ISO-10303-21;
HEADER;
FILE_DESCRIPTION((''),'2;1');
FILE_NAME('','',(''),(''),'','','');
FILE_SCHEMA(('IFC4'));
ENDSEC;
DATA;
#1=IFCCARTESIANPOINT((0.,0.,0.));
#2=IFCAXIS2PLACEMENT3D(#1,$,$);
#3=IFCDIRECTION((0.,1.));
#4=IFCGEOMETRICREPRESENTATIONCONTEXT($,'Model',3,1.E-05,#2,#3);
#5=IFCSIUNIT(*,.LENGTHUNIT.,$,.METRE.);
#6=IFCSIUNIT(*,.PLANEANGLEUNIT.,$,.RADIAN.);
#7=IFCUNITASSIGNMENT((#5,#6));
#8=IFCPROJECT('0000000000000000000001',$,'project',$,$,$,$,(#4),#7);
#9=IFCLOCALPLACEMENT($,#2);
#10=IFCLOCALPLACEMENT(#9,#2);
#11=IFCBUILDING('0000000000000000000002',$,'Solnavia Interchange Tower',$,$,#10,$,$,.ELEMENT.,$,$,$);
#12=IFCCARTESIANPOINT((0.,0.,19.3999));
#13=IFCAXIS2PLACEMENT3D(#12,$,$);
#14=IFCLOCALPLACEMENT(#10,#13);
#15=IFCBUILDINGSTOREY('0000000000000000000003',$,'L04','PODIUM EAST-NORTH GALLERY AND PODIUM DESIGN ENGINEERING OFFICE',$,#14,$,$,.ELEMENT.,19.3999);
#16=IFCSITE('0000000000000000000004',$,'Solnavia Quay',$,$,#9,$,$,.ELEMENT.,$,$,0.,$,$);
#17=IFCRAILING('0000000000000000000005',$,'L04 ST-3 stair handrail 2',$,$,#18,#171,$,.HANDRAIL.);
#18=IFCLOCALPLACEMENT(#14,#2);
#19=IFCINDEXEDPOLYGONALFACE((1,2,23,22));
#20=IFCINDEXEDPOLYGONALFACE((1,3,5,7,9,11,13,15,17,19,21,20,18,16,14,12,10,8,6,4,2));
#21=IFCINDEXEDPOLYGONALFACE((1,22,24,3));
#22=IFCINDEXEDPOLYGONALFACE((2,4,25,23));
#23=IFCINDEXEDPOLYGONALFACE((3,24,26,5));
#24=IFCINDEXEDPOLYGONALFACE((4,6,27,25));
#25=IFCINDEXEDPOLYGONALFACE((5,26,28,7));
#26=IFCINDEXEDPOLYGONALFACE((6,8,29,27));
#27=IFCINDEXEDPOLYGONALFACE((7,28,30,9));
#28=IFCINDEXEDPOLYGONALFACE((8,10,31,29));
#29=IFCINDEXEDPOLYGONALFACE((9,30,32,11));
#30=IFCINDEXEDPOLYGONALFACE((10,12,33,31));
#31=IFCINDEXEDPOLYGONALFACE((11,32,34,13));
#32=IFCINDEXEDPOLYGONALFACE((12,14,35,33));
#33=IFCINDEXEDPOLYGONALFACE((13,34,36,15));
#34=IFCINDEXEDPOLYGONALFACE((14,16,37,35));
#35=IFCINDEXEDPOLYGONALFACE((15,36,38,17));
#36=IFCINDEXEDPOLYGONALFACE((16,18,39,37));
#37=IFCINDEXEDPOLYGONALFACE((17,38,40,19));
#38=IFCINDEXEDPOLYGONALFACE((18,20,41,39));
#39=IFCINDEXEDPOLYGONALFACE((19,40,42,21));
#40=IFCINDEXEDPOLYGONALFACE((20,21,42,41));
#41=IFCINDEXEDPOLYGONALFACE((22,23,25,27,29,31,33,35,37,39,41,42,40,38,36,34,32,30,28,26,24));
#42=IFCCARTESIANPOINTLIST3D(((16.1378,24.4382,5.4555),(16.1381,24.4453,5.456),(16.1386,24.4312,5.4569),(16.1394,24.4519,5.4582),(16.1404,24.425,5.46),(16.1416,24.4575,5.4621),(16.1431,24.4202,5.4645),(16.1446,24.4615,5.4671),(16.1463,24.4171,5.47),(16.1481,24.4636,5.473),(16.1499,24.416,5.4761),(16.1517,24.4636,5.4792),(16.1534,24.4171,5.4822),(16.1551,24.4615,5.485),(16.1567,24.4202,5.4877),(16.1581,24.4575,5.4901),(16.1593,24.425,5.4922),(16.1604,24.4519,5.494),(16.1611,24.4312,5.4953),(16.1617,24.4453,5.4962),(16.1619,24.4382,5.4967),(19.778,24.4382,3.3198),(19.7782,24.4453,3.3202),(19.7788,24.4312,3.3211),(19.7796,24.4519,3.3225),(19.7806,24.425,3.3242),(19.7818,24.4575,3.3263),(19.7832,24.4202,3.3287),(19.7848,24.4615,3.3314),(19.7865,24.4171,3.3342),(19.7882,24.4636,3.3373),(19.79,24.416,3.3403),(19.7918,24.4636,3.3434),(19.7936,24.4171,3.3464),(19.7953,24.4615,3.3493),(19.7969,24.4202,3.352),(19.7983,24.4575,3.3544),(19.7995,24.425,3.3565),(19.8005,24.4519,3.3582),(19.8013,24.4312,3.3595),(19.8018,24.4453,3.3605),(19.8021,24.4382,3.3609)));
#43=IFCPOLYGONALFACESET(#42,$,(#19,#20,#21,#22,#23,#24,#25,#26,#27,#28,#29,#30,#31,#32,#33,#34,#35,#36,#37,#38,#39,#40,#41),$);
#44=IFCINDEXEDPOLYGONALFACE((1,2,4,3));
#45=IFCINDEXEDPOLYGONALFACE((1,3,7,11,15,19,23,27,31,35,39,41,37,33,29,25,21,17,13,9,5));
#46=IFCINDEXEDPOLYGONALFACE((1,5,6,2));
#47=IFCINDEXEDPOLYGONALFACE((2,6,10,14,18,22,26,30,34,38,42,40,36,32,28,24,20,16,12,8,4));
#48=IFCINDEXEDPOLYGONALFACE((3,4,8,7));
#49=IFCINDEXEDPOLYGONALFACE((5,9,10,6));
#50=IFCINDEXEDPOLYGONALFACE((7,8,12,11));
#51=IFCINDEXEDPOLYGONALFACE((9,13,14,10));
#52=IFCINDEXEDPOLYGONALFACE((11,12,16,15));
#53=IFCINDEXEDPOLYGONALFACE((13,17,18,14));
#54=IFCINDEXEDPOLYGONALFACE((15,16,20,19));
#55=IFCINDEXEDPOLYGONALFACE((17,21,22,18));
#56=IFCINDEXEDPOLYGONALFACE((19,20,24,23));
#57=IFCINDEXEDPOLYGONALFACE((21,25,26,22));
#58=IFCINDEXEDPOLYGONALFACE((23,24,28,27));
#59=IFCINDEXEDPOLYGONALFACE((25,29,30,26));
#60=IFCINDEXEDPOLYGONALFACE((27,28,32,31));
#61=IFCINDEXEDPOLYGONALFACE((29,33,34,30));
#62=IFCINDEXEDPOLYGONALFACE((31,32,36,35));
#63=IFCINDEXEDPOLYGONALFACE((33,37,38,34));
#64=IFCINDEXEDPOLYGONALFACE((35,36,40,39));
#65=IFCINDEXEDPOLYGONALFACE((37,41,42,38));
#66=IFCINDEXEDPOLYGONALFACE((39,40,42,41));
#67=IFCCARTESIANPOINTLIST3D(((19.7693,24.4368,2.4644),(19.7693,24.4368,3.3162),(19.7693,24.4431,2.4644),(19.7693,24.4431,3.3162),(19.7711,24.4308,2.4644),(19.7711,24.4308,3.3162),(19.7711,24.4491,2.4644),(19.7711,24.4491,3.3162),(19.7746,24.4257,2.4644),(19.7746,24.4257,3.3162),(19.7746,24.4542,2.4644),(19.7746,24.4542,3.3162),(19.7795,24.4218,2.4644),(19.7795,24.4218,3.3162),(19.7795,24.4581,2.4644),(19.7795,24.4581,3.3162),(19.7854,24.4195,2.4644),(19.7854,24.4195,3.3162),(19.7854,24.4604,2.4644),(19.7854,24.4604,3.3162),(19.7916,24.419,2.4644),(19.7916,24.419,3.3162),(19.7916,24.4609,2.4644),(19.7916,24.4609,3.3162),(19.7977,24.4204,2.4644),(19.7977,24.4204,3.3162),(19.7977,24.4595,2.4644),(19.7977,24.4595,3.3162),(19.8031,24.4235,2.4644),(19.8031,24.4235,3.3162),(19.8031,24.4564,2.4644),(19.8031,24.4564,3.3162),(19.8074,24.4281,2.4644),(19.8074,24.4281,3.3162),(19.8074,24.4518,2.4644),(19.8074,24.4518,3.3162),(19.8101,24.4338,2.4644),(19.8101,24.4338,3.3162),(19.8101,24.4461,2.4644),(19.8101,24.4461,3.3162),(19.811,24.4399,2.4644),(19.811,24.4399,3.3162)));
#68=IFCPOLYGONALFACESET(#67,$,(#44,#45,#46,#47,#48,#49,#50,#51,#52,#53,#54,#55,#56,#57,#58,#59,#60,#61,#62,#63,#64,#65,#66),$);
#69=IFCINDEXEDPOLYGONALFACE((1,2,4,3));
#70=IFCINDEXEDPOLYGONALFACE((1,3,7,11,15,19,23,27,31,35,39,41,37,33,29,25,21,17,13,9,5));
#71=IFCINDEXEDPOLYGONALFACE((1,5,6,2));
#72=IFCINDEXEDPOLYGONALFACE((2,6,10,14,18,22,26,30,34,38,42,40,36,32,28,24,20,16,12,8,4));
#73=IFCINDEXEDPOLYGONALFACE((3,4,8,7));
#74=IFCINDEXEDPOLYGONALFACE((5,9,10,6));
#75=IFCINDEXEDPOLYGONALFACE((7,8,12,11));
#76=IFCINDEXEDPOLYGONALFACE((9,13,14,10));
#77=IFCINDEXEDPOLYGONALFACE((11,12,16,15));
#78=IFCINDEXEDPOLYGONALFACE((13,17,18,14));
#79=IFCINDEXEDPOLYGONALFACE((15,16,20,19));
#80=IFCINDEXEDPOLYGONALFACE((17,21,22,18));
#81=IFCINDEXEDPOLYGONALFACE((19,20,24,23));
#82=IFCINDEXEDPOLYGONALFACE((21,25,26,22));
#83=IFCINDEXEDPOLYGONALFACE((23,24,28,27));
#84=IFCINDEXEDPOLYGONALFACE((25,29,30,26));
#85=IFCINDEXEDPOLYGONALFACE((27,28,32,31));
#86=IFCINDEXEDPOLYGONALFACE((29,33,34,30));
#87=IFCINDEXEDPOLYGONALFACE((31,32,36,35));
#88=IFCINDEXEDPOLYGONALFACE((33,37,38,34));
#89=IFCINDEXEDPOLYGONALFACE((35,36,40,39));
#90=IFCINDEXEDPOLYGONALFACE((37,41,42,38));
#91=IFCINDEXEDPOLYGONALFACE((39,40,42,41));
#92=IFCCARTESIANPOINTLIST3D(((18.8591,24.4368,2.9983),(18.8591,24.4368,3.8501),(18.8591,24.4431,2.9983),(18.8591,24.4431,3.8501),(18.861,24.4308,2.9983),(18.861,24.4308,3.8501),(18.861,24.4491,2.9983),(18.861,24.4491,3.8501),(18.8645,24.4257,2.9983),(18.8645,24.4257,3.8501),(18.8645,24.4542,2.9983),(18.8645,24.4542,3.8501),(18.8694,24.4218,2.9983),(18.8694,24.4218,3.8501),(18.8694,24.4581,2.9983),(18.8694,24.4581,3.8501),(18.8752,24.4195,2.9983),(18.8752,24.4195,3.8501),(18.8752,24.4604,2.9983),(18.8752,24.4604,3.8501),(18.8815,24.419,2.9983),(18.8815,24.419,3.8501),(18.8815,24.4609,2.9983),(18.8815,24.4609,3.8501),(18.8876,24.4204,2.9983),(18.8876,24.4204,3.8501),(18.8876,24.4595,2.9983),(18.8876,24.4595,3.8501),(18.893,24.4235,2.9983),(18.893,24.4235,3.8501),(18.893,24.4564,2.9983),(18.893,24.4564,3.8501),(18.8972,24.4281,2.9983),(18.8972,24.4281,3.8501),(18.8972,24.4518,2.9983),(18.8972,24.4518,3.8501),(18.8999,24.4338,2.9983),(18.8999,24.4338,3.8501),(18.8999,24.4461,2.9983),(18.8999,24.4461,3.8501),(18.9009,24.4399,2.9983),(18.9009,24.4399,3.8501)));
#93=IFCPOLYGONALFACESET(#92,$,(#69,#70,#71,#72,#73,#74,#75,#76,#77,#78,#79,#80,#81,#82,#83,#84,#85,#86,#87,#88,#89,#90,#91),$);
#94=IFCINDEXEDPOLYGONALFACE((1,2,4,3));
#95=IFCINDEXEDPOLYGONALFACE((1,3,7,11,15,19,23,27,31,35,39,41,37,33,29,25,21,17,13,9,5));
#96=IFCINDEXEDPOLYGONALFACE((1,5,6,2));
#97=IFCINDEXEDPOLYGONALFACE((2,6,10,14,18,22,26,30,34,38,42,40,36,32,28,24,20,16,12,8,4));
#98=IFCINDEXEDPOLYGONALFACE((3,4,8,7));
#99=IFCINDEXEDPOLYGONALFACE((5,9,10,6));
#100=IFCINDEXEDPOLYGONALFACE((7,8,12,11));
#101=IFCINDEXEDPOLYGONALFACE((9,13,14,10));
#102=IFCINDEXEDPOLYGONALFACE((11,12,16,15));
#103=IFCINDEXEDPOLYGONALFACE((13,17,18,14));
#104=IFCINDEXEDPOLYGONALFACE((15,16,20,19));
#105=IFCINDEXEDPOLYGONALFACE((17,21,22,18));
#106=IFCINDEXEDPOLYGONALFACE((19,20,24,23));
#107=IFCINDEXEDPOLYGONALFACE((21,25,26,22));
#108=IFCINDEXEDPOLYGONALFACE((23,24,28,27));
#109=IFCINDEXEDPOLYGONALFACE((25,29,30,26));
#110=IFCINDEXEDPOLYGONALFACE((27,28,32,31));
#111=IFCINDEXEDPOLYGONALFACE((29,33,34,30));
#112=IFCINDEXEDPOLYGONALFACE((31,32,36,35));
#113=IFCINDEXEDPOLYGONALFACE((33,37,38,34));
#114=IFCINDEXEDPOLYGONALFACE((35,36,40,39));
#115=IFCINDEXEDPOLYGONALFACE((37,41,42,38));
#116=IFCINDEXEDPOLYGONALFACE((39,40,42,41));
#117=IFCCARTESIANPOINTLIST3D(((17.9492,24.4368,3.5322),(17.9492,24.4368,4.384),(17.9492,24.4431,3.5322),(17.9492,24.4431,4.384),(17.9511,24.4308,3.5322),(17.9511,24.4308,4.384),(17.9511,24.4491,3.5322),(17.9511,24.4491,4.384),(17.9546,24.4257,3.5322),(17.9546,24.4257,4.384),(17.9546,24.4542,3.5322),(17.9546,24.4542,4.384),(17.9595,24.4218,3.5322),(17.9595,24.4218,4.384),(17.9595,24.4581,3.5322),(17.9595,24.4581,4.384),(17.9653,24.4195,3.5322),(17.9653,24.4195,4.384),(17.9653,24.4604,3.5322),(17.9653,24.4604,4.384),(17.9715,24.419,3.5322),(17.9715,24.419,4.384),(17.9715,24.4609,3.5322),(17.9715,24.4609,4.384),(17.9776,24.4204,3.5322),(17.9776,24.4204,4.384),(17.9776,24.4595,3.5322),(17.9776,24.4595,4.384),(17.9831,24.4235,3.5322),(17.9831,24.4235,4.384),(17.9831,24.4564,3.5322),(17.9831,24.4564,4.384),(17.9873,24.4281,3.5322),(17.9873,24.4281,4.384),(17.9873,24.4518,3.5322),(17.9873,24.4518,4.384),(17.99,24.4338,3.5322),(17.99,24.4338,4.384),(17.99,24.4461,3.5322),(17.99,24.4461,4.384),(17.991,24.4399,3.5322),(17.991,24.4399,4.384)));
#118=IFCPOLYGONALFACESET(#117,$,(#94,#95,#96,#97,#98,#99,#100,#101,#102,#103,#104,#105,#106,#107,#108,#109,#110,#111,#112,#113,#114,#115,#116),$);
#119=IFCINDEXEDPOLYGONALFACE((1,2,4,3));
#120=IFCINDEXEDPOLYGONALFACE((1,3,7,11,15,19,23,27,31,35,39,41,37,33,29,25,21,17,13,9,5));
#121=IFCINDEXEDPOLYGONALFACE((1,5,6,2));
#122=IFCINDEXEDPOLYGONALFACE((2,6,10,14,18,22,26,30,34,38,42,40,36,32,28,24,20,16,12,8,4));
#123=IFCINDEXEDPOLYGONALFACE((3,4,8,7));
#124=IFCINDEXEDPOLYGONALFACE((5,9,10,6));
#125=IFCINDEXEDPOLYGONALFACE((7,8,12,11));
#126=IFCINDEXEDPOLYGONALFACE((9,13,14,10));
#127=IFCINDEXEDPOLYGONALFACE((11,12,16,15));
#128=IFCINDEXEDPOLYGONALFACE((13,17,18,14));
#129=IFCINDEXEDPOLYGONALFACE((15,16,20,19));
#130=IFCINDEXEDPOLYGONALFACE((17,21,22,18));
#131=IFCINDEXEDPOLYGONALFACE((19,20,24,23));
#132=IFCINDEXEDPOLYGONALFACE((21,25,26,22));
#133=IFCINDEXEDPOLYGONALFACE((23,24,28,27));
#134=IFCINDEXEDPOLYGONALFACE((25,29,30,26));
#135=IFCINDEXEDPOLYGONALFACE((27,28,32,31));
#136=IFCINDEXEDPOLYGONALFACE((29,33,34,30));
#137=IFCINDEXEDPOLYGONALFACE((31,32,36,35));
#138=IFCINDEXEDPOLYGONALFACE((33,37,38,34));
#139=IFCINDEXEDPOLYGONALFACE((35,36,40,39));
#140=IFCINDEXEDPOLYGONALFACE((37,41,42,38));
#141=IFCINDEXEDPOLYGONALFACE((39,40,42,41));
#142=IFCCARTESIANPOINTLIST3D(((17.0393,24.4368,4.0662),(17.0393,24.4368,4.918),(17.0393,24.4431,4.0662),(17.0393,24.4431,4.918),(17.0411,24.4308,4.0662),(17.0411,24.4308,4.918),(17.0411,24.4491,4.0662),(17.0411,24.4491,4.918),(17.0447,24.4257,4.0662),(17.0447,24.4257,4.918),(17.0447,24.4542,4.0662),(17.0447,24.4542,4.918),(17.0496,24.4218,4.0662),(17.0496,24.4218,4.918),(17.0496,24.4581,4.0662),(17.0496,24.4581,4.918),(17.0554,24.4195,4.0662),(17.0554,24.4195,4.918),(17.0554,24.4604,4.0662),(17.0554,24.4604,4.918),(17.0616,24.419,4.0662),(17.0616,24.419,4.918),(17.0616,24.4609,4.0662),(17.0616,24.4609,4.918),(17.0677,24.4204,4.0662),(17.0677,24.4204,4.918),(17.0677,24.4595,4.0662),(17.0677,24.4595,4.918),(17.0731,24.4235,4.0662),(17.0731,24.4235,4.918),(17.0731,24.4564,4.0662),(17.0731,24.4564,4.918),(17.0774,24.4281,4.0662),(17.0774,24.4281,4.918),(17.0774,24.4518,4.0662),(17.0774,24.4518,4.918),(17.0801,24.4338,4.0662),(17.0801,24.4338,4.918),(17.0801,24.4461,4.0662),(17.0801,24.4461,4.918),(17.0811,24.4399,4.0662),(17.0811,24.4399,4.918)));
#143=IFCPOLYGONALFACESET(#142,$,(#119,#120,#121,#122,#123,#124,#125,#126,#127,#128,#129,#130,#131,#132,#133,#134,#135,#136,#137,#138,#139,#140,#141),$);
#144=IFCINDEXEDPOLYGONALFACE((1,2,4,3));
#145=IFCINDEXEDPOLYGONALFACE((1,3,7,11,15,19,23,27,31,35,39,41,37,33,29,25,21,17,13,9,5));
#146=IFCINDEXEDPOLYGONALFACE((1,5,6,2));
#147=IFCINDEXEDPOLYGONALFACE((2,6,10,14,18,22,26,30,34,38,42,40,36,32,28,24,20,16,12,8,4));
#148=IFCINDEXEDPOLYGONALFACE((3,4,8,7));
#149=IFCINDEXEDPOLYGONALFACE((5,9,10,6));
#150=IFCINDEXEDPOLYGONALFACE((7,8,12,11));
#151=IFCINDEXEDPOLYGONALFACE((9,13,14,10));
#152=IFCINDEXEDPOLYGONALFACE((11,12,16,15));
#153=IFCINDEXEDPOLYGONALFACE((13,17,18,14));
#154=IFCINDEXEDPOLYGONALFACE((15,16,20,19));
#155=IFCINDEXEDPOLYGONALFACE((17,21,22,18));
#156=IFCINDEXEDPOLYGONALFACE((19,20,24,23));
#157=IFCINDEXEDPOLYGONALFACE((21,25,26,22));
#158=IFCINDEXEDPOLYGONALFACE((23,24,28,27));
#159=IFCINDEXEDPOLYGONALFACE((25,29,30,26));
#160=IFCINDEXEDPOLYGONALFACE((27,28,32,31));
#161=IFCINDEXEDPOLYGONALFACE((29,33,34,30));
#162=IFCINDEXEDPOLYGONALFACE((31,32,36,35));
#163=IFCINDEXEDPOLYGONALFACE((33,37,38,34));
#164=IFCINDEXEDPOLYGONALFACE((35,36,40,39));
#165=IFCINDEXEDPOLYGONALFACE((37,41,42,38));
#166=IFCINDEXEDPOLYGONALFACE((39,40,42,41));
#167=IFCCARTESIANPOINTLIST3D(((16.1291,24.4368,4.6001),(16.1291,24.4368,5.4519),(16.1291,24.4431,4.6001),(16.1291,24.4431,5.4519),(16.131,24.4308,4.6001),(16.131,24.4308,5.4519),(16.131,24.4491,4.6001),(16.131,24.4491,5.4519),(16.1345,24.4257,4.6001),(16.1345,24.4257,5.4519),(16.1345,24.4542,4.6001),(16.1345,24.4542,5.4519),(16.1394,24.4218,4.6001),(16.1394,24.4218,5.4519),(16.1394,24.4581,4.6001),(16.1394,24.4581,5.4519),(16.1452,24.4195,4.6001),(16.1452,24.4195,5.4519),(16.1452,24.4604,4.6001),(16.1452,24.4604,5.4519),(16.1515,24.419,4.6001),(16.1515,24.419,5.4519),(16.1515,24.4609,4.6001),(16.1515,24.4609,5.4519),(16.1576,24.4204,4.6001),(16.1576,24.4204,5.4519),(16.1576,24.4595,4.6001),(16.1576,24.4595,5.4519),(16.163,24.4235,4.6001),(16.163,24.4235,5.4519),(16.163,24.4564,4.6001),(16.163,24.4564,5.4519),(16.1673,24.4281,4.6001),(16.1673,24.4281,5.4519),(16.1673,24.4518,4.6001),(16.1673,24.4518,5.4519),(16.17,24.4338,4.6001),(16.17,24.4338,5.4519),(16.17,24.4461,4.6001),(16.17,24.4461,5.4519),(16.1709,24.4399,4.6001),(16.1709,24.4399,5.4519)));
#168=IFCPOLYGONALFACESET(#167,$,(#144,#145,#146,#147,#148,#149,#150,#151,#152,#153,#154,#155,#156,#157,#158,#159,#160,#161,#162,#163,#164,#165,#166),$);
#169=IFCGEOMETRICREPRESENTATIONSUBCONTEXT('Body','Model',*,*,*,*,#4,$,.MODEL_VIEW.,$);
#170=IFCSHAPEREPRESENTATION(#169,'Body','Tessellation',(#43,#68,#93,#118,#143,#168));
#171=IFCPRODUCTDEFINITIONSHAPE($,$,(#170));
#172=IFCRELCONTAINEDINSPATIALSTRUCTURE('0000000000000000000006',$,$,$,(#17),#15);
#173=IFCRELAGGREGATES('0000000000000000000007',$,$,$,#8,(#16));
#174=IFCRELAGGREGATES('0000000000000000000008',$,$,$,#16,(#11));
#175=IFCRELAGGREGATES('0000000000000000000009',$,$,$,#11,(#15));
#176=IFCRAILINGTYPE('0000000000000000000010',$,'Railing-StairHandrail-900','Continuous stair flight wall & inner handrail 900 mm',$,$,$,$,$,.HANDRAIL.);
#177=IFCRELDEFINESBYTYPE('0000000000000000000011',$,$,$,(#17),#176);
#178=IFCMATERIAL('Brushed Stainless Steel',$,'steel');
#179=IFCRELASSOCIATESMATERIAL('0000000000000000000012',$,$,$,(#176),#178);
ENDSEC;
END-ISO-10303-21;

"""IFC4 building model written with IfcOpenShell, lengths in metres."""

from ifc_helpers import new_model, si_unit, direction, frame, origin, origin_2d, place, context, subcontext, project, spatial, circle, extrude, material, type_object, element, save


model = new_model("IFC4")

# Units and contexts
model_context = context("Model", 3, precision=1e-05, world=origin(), true_north=direction((0.0, 1.0)))
body_context = subcontext(model_context, "Body", "Model", "MODEL_VIEW")
ifc_project = project(units=[si_unit("LENGTHUNIT", "METRE"), si_unit("PLANEANGLEUNIT", "RADIAN")], contexts=[model_context])

# Site, building, storey
site_placement = place(None, origin())
site = spatial("IfcSite", under=ifc_project, at=site_placement, Name="Solnavia Quay", CompositionType="ELEMENT", RefElevation=0.0)
building_placement = place(site_placement, origin())
building = spatial("IfcBuilding", under=site, at=building_placement, Name="Solnavia Interchange Tower", CompositionType="ELEMENT")
storey_placement = place(building_placement, frame((0.0, 0.0, 19.3999)))
storey = spatial("IfcBuildingStorey", under=building, at=storey_placement, Name="L04", Description="PODIUM EAST-NORTH GALLERY AND PODIUM DESIGN ENGINEERING OFFICE", CompositionType="ELEMENT", Elevation=19.3999)

# Railing
ifc_material_1 = material(Name="Brushed Stainless Steel", Category="steel")
railing_type_1 = type_object("IfcRailingType", Name="Railing-StairHandrail-900", Description="Continuous stair flight wall & inner handrail 900 mm", PredefinedType="HANDRAIL", material=ifc_material_1)
railing_1_placement = place(storey_placement, frame((19.79, 24.4399, 2.4644)))
element("IfcRailing", 1, at=railing_1_placement, inside=storey, type_object=railing_type_1, Name="L04 ST-3 stair handrail 2", PredefinedType="HANDRAIL", context=body_context, shape_type="SweptSolid", body=[
    extrude(circle(Radius=0.0239, at=origin_2d()), frame((0.0, 0.0, 0.876), z_axis=(-0.862505, 0.0, 0.506049), x_axis=(0.0, -1.0, 0.0)), (0.0, 0.0, 1.0), 4.2205),
    extrude(circle(Radius=0.021, at=origin_2d()), origin(), (0.0, 0.0, 1.0), 0.8518),
    extrude(circle(Radius=0.021, at=origin_2d()), frame((-0.9102, 0.0, 0.5339)), (0.0, 0.0, 1.0), 0.8518),
    extrude(circle(Radius=0.021, at=origin_2d()), frame((-1.8201, 0.0, 1.0679)), (0.0, 0.0, 1.0), 0.8518),
    extrude(circle(Radius=0.021, at=origin_2d()), frame((-2.73, 0.0, 1.6018)), (0.0, 0.0, 1.0), 0.8518),
    extrude(circle(Radius=0.021, at=origin_2d()), frame((-3.6401, 0.0, 2.1357)), (0.0, 0.0, 1.0), 0.8518),
])

save(model, "model.ifc")
